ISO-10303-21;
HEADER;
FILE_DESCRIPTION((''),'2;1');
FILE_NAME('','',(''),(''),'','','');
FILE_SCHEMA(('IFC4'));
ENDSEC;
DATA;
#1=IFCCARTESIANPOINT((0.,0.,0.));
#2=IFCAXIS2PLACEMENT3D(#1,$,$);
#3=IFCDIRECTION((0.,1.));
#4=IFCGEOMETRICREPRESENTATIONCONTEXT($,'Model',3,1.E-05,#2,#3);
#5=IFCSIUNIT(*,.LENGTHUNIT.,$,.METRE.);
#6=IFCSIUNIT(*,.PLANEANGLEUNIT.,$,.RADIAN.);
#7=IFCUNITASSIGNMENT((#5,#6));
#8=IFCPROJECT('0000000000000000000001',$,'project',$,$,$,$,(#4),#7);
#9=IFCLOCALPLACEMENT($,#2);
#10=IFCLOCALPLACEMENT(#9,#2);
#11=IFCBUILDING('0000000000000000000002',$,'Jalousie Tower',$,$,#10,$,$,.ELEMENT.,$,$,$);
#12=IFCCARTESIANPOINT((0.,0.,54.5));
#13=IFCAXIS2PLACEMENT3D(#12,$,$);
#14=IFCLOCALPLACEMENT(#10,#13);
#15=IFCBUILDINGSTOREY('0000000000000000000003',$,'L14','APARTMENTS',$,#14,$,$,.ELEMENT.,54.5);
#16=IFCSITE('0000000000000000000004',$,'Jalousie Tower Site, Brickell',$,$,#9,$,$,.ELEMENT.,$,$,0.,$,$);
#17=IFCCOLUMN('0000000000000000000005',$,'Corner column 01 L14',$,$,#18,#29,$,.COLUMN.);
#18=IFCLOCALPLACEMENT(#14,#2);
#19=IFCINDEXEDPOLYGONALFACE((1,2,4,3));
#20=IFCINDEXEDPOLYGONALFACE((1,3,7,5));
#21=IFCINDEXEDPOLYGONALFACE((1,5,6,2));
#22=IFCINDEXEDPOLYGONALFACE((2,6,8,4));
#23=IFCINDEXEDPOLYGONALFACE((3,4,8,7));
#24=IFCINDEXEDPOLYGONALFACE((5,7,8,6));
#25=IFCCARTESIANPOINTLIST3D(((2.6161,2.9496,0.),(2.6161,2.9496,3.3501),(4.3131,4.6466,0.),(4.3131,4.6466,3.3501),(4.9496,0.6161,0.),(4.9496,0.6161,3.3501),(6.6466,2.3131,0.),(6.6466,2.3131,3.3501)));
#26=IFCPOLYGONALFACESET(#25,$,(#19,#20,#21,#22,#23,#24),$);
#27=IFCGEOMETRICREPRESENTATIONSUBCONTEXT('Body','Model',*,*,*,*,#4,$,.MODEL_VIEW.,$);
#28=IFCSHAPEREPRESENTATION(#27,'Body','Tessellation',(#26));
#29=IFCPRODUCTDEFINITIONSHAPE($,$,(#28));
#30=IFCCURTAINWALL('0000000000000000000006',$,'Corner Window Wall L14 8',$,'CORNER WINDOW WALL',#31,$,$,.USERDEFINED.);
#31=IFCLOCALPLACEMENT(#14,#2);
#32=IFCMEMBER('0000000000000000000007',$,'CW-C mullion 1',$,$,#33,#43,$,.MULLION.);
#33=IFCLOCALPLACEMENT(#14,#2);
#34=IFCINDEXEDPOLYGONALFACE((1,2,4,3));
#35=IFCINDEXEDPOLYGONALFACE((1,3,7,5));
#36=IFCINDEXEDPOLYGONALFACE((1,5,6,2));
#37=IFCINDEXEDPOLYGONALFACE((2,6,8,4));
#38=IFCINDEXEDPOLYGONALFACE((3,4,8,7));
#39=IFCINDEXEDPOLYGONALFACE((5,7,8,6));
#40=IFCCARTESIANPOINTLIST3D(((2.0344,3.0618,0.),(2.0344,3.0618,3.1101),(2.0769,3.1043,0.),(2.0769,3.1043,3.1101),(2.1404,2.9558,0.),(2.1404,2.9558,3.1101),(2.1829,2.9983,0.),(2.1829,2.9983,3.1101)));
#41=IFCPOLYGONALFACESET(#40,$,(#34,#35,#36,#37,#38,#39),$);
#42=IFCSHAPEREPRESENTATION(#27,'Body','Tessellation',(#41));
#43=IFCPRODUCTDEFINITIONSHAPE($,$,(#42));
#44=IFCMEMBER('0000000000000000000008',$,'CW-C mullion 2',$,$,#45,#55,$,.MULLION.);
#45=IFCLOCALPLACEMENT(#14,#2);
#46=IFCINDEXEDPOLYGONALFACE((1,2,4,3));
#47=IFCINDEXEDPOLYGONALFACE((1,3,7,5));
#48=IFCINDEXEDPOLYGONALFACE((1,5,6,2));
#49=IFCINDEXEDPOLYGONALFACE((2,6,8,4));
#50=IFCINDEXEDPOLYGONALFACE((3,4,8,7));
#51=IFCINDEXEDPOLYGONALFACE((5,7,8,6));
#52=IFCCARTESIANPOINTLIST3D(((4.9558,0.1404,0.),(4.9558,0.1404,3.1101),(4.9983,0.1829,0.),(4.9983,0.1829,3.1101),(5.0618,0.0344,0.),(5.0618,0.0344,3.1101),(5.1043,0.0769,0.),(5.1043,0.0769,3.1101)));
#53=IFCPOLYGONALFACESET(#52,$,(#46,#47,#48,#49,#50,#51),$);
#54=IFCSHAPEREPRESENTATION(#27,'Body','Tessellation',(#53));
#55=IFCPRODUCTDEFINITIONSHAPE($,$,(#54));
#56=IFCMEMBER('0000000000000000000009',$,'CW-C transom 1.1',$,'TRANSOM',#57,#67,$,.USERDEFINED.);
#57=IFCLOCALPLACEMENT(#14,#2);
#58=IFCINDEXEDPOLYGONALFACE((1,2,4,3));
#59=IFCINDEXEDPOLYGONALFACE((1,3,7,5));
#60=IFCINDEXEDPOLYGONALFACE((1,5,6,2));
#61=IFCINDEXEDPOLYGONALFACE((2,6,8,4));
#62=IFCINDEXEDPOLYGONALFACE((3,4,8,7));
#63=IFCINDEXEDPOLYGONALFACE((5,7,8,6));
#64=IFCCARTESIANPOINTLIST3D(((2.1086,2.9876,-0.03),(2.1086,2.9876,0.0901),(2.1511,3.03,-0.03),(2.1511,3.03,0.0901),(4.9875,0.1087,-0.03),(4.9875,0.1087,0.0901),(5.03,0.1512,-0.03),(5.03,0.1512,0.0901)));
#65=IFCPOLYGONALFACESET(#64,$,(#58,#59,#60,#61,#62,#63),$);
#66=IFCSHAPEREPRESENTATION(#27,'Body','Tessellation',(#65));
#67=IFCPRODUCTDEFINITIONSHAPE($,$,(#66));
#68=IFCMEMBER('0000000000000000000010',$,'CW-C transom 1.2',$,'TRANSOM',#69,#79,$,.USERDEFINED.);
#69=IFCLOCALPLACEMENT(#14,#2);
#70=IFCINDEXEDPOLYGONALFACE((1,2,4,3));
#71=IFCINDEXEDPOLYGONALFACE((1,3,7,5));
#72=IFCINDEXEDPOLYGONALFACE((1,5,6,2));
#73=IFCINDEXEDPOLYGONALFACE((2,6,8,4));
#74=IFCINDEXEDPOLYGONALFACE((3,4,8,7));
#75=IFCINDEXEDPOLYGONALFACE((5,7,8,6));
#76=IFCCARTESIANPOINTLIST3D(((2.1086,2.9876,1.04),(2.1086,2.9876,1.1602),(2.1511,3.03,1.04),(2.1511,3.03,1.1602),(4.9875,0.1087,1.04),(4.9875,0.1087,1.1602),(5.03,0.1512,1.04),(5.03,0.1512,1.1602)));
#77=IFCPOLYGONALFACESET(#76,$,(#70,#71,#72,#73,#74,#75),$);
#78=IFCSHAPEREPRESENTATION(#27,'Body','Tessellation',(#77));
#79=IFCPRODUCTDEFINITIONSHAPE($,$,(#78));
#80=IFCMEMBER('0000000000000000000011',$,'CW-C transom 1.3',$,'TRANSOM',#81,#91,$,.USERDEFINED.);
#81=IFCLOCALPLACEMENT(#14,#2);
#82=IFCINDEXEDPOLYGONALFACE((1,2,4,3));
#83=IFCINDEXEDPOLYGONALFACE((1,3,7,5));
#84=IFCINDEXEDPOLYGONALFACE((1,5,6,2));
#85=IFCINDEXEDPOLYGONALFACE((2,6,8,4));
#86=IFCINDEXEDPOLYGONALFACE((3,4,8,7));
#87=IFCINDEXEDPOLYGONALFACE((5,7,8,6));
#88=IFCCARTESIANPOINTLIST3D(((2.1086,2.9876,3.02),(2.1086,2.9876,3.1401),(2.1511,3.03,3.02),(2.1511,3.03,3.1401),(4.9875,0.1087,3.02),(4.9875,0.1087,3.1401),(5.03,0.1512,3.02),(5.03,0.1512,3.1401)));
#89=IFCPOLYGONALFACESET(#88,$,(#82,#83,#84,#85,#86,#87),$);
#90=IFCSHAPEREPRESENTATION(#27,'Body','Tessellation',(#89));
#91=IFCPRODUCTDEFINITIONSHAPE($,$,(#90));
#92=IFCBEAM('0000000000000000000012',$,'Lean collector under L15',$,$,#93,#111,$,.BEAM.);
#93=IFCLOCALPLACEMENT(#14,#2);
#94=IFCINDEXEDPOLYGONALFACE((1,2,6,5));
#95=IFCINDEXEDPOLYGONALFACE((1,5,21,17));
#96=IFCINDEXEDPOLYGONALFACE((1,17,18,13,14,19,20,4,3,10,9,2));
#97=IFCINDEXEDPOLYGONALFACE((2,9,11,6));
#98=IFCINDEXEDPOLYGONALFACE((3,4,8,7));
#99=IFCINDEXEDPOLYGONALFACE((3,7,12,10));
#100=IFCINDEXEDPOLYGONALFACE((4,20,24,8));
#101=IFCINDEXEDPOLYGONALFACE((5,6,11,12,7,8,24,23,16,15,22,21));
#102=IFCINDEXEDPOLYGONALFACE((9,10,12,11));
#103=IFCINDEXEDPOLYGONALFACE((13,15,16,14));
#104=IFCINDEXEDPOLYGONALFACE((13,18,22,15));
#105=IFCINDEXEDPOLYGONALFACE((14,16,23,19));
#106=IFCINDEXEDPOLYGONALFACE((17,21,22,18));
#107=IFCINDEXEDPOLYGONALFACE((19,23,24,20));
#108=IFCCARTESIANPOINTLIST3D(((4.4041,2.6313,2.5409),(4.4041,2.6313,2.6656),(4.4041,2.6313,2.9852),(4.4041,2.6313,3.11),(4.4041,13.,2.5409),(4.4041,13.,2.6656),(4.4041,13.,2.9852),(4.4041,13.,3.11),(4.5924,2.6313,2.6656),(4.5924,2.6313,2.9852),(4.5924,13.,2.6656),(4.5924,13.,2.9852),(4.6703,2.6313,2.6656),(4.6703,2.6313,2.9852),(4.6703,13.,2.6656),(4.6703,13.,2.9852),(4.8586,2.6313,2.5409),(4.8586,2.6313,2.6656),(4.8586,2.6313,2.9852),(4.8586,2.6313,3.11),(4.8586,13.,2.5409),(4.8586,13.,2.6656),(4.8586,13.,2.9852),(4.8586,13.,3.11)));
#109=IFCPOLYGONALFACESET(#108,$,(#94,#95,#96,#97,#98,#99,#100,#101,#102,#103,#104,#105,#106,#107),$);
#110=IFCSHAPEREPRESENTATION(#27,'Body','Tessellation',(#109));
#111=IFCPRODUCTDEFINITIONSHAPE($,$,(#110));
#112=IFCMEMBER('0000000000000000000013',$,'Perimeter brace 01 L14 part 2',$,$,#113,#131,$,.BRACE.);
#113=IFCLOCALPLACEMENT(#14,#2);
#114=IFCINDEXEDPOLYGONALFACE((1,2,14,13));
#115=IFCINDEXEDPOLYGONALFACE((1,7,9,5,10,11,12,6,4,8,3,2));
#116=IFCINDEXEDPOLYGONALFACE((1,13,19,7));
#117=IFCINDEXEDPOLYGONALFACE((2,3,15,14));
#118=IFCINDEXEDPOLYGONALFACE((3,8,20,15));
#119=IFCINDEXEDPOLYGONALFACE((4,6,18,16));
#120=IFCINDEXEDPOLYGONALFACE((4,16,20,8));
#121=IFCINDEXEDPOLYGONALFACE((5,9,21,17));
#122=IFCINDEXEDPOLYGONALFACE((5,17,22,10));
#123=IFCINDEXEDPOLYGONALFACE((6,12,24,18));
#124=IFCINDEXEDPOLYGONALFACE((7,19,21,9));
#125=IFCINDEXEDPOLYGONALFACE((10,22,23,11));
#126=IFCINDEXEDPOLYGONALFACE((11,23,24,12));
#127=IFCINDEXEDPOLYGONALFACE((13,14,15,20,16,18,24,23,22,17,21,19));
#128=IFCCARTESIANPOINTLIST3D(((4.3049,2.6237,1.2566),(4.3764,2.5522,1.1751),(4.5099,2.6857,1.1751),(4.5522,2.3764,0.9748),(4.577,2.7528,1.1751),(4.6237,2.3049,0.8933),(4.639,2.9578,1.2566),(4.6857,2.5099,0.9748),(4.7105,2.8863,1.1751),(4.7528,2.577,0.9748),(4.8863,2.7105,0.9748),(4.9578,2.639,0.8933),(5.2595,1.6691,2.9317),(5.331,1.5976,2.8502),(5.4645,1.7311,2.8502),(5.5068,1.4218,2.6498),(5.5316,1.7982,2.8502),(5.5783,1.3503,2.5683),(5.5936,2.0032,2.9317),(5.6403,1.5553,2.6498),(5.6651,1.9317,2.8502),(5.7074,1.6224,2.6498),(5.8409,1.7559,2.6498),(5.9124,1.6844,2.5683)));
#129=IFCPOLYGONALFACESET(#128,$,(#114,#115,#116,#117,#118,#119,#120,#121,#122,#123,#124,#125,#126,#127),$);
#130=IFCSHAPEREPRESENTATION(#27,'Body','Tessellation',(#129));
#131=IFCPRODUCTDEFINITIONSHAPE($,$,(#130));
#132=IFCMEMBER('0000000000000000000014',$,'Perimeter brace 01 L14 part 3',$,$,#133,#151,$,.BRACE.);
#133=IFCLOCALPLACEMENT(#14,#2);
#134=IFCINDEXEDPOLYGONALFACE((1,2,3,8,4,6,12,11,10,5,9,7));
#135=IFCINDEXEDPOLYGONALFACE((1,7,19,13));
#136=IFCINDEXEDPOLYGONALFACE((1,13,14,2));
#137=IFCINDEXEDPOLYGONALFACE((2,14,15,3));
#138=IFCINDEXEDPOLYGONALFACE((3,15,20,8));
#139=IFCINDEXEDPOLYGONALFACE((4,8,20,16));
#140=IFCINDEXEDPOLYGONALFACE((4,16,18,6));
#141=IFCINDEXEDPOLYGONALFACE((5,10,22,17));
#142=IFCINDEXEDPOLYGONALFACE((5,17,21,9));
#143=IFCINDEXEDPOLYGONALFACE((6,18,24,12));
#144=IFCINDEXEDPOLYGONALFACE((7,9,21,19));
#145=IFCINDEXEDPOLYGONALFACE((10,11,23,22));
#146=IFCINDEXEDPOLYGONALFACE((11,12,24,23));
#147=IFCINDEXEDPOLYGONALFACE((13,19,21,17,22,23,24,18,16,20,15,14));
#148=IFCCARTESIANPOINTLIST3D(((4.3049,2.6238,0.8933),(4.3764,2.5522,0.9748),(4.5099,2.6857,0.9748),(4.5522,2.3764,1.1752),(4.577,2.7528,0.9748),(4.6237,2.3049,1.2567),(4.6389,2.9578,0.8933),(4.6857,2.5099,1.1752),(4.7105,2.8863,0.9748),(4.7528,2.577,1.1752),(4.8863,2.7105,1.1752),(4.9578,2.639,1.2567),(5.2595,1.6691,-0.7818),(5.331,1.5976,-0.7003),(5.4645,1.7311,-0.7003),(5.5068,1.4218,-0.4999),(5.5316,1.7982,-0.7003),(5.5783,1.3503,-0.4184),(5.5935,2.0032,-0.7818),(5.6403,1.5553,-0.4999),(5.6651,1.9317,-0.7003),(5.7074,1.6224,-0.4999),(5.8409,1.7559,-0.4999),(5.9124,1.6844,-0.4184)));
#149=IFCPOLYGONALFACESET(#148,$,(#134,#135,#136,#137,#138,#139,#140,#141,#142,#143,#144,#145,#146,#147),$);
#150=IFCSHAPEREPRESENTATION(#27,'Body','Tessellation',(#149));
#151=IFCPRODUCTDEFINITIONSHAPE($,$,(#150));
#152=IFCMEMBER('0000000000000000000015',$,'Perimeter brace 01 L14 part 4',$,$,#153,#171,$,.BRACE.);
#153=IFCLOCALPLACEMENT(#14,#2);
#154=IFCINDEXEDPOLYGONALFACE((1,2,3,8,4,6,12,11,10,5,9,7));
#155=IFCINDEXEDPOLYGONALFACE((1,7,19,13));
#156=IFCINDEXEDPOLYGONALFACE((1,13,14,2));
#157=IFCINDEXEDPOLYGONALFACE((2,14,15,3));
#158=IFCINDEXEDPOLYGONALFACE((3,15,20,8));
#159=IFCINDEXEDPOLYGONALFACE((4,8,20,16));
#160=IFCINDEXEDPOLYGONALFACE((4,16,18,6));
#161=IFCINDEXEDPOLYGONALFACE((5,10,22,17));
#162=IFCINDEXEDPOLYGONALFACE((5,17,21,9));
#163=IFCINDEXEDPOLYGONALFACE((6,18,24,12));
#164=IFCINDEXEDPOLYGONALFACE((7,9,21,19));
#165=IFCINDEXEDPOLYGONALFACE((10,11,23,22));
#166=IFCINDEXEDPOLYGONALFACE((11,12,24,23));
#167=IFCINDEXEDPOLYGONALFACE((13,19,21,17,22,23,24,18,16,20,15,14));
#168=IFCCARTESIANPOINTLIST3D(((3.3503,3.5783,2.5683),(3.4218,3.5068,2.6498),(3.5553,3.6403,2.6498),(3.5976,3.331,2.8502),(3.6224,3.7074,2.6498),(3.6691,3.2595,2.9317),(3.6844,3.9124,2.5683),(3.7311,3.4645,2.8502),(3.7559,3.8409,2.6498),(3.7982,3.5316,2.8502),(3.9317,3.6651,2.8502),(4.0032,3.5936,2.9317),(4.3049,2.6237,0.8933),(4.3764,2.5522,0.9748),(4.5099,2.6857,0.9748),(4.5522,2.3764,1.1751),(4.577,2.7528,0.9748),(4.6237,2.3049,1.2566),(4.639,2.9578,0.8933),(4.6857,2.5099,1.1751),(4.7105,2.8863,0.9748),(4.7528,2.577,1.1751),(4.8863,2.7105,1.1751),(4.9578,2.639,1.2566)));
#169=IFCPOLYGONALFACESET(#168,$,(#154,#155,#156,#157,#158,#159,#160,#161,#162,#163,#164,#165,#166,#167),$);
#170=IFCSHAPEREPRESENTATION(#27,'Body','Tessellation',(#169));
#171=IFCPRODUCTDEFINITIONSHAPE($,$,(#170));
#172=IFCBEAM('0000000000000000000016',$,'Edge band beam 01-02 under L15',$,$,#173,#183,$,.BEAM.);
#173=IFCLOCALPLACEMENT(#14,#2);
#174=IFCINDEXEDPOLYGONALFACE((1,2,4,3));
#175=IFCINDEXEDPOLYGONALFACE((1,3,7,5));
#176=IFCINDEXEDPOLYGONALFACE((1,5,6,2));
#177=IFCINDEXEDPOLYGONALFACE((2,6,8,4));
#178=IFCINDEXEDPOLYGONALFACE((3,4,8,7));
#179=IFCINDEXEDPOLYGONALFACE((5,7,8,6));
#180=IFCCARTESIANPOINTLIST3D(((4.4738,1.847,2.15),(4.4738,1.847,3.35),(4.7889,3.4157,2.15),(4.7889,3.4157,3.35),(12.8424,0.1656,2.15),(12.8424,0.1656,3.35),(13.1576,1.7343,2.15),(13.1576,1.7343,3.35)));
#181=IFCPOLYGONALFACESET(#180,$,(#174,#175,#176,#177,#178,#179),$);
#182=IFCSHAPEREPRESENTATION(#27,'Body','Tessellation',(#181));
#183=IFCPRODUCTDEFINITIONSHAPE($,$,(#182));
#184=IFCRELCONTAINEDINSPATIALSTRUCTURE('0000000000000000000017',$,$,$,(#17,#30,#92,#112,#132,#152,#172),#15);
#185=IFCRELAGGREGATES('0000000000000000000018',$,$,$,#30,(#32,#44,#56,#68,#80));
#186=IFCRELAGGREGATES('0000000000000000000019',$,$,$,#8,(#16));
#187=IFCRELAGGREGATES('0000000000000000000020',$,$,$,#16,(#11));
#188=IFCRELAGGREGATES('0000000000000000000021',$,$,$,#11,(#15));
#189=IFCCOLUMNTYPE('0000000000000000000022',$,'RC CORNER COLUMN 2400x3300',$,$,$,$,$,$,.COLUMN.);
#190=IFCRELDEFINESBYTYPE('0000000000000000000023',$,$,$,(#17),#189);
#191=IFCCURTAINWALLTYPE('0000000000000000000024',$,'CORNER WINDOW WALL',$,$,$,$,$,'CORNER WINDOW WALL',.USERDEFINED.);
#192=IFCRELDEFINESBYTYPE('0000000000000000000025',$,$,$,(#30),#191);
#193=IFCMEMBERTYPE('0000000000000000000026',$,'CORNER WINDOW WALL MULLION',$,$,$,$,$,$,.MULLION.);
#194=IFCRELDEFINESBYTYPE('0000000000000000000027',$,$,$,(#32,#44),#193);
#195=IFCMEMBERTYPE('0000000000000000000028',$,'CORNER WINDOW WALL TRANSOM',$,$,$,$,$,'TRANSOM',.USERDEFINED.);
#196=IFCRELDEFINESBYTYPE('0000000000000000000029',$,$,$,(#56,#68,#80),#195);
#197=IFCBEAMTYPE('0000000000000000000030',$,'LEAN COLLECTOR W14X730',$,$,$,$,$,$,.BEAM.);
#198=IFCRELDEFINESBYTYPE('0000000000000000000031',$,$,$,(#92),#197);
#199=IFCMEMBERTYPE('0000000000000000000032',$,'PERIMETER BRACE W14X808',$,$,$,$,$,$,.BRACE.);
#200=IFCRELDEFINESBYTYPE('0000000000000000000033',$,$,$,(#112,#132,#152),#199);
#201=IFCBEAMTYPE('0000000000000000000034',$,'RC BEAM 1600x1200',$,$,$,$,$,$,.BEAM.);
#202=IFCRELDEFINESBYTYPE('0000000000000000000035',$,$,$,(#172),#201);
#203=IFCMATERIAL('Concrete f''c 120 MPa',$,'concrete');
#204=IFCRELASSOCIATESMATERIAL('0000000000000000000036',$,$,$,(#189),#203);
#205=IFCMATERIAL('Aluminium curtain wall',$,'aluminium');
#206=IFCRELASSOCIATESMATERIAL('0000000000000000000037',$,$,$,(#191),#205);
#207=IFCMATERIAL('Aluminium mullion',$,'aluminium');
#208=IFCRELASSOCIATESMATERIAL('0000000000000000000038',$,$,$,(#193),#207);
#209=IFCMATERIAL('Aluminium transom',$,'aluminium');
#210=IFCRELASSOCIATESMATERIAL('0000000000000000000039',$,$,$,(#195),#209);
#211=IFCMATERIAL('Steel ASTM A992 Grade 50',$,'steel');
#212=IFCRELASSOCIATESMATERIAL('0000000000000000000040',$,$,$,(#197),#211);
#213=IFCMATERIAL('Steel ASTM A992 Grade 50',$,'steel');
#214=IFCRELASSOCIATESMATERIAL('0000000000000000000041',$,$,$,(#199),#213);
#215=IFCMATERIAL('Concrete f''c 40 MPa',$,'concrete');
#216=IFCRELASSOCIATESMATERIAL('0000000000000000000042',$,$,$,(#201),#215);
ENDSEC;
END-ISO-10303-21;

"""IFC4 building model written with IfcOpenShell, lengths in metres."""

from ifc_helpers import new_model, si_unit, direction, frame, origin, origin_2d, place, context, subcontext, project, spatial, rectangle, i_section, extrude, material, material_profile, profile_set, type_object, element, aggregate, save


model = new_model("IFC4")

# Units and contexts
model_context = context("Model", 3, precision=1e-05, world=origin(), true_north=direction((0.0, 1.0)))
body_context = subcontext(model_context, "Body", "Model", "MODEL_VIEW")
ifc_project = project(units=[si_unit("LENGTHUNIT", "METRE"), si_unit("PLANEANGLEUNIT", "RADIAN")], contexts=[model_context])

# Site, building, storey
site_placement = place(None, origin())
site = spatial("IfcSite", under=ifc_project, at=site_placement, Name="Jalousie Tower Site, Brickell", CompositionType="ELEMENT", RefElevation=0.0)
building_placement = place(site_placement, origin())
building = spatial("IfcBuilding", under=site, at=building_placement, Name="Jalousie Tower", CompositionType="ELEMENT")
storey_placement = place(building_placement, frame((0.0, 0.0, 54.5)))
storey = spatial("IfcBuildingStorey", under=building, at=storey_placement, Name="L14", Description="APARTMENTS", CompositionType="ELEMENT", Elevation=54.5)

# Column
ifc_material_1 = material(Name="Concrete f'c 120 MPa", Category="concrete")
ifc_material_profile_1 = material_profile(ifc_material_1, rectangle(XDim=2.3999, YDim=3.3, at=origin_2d()), Name="RC 2400x3300")
ifc_profile_set_1 = profile_set([ifc_material_profile_1], Name="Concrete f'c 120 MPa")
column_type = type_object("IfcColumnType", Name="RC CORNER COLUMN 2400x3300", PredefinedType="COLUMN", material=ifc_profile_set_1)
column_placement = place(storey_placement, frame((4.6313, 2.6313, 0.0), z_axis=(0.0, 0.0, 1.0), x_axis=(0.707107, 0.707107, 0.0)))
element("IfcColumn", 1, at=column_placement, inside=storey, type_object=column_type, Name="Corner column 01 L14", PredefinedType="COLUMN", context=body_context, shape_type="SweptSolid", body=[
    extrude(rectangle(XDim=2.3999, YDim=3.3, at=origin_2d()), origin(), (0.0, 0.0, 1.0), 3.3501),
])

# Curtain wall, members
ifc_material_2 = material(Name="Aluminium curtain wall", Category="aluminium")
curtain_wall_type_1 = type_object("IfcCurtainWallType", Name="CORNER WINDOW WALL", ElementType="CORNER WINDOW WALL", PredefinedType="USERDEFINED", material=ifc_material_2)
curtain_wall_1_placement = place(storey_placement, origin())
curtain_wall_1 = element("IfcCurtainWall", 2, at=curtain_wall_1_placement, inside=storey, type_object=curtain_wall_type_1, Name="Corner Window Wall L14 8", ObjectType="CORNER WINDOW WALL", PredefinedType="USERDEFINED")
ifc_material_3 = material(Name="Aluminium mullion", Category="aluminium")
ifc_material_profile_2 = material_profile(ifc_material_3, rectangle(XDim=0.0601, YDim=0.1499, at=origin_2d()), Name="MULLION 60x150")
ifc_profile_set_2 = profile_set([ifc_material_profile_2], Name="Aluminium mullion")
member_type_1 = type_object("IfcMemberType", Name="CORNER WINDOW WALL MULLION", PredefinedType="MULLION", material=ifc_profile_set_2)
member_1_placement = place(storey_placement, frame((2.1086, 3.03, 0.0), z_axis=(0.0, 0.0, 1.0), x_axis=(0.707107, 0.707107, 0.0)))
member_1 = element("IfcMember", 3, at=member_1_placement, type_object=member_type_1, Name="CW-C mullion 1", PredefinedType="MULLION", context=body_context, shape_type="SweptSolid", body=[
    extrude(rectangle(XDim=0.0601, YDim=0.1499, at=origin_2d()), origin(), (0.0, 0.0, 1.0), 3.1101),
])
member_2_placement = place(storey_placement, frame((5.03, 0.1086, 0.0), z_axis=(0.0, 0.0, 1.0), x_axis=(0.707107, 0.707107, 0.0)))
member_2 = element("IfcMember", 4, at=member_2_placement, type_object=member_type_1, Name="CW-C mullion 2", PredefinedType="MULLION", context=body_context, shape_type="SweptSolid", body=[
    extrude(rectangle(XDim=0.0601, YDim=0.1499, at=origin_2d()), origin(), (0.0, 0.0, 1.0), 3.1101),
])
ifc_material_4 = material(Name="Aluminium transom", Category="aluminium")
ifc_material_profile_3 = material_profile(ifc_material_4, rectangle(XDim=0.0601, YDim=0.1201, at=origin_2d()), Name="TRANSOM 60x120")
ifc_profile_set_3 = profile_set([ifc_material_profile_3], Name="Aluminium transom")
member_type_2 = type_object("IfcMemberType", Name="CORNER WINDOW WALL TRANSOM", ElementType="TRANSOM", PredefinedType="USERDEFINED", material=ifc_profile_set_3)
member_3_placement = place(storey_placement, frame((2.1299, 3.0088, 0.03), z_axis=(0.707107, -0.707107, 0.0), x_axis=(0.707107, 0.707107, 0.0)))
member_3 = element("IfcMember", 5, at=member_3_placement, type_object=member_type_2, Name="CW-C transom 1.1", ObjectType="TRANSOM", PredefinedType="USERDEFINED", context=body_context, shape_type="SweptSolid", body=[
    extrude(rectangle(XDim=0.0601, YDim=0.1201, at=origin_2d()), origin(), (0.0, 0.0, 1.0), 4.0713),
])
member_4_placement = place(storey_placement, frame((2.1299, 3.0088, 1.1001), z_axis=(0.707107, -0.707107, 0.0), x_axis=(0.707107, 0.707107, 0.0)))
member_4 = element("IfcMember", 6, at=member_4_placement, type_object=member_type_2, Name="CW-C transom 1.2", ObjectType="TRANSOM", PredefinedType="USERDEFINED", context=body_context, shape_type="SweptSolid", body=[
    extrude(rectangle(XDim=0.0601, YDim=0.1201, at=origin_2d()), origin(), (0.0, 0.0, 1.0), 4.0713),
])
member_5_placement = place(storey_placement, frame((2.1299, 3.0088, 3.0801), z_axis=(0.707107, -0.707107, 0.0), x_axis=(0.707107, 0.707107, 0.0)))
member_5 = element("IfcMember", 7, at=member_5_placement, type_object=member_type_2, Name="CW-C transom 1.3", ObjectType="TRANSOM", PredefinedType="USERDEFINED", context=body_context, shape_type="SweptSolid", body=[
    extrude(rectangle(XDim=0.0601, YDim=0.1201, at=origin_2d()), origin(), (0.0, 0.0, 1.0), 4.0713),
])

# Beam
ifc_material_5 = material(Name="Steel ASTM A992 Grade 50", Category="steel")
ifc_material_profile_4 = material_profile(ifc_material_5, i_section(OverallWidth=0.4546, OverallDepth=0.5691, WebThickness=0.0779, FlangeThickness=0.1248, at=origin_2d()), Name="W14X730")
ifc_profile_set_4 = profile_set([ifc_material_profile_4], Name="Steel ASTM A992 Grade 50")
beam_type_1 = type_object("IfcBeamType", Name="LEAN COLLECTOR W14X730", PredefinedType="BEAM", material=ifc_profile_set_4)
beam_1_placement = place(storey_placement, frame((4.6313, 2.6313, 2.8254), z_axis=(0.0, 1.0, 0.0), x_axis=(-1.0, 0.0, 0.0)))
element("IfcBeam", 8, at=beam_1_placement, inside=storey, type_object=beam_type_1, Name="Lean collector under L15", PredefinedType="BEAM", context=body_context, shape_type="SweptSolid", body=[
    extrude(i_section(OverallWidth=0.4546, OverallDepth=0.5691, WebThickness=0.0779, FlangeThickness=0.1248, at=origin_2d()), origin(), (0.0, 0.0, 1.0), 10.3687),
])

# Members
ifc_material_6 = material(Name="Steel ASTM A992 Grade 50", Category="steel")
ifc_material_profile_5 = material_profile(ifc_material_6, i_section(OverallWidth=0.4724, OverallDepth=0.5791, WebThickness=0.095, FlangeThickness=0.1299, at=origin_2d()), Name="W14X808")
ifc_profile_set_5 = profile_set([ifc_material_profile_5], Name="Steel ASTM A992 Grade 50")
member_type_3 = type_object("IfcMemberType", Name="PERIMETER BRACE W14X808", PredefinedType="BRACE", material=ifc_profile_set_5)
for number, where, z_axis, x_axis, name in (
    (9, (4.6313, 2.6313, 1.075), (0.443718, -0.443718, 0.778607), (0.707107, 0.707107, 0.0), "Perimeter brace 01 L14 part 2"),
    (10, (5.5859, 1.6768, -0.6001), (-0.443718, 0.443718, 0.778607), (-0.707107, -0.707107, 0.0), "Perimeter brace 01 L14 part 3"),
    (11, (4.6313, 2.6313, 1.075), (-0.443718, 0.443718, 0.778607), (-0.707107, -0.707107, 0.0), "Perimeter brace 01 L14 part 4"),
):
    element("IfcMember", number, at=place(storey_placement, frame(where, z_axis=z_axis, x_axis=x_axis)), inside=storey, type_object=member_type_3, Name=name, PredefinedType="BRACE", context=body_context, shape_type="SweptSolid", body=[
        extrude(i_section(OverallWidth=0.4724, OverallDepth=0.5791, WebThickness=0.095, FlangeThickness=0.1299, at=origin_2d()), origin(), (0.0, 0.0, 1.0), 2.1514),
    ])

# Beam
ifc_material_7 = material(Name="Concrete f'c 40 MPa", Category="concrete")
ifc_material_profile_6 = material_profile(ifc_material_7, rectangle(XDim=1.6001, YDim=1.2, at=origin_2d()), Name="RC 1600x1200")
ifc_profile_set_6 = profile_set([ifc_material_profile_6], Name="Concrete f'c 40 MPa")
beam_type_2 = type_object("IfcBeamType", Name="RC BEAM 1600x1200", PredefinedType="BEAM", material=ifc_profile_set_6)
beam_2_placement = place(storey_placement, frame((4.6313, 2.6313, 2.75), z_axis=(0.980408, -0.19698, 0.0), x_axis=(0.19698, 0.980408, 0.0)))
element("IfcBeam", 12, at=beam_2_placement, inside=storey, type_object=beam_type_2, Name="Edge band beam 01-02 under L15", PredefinedType="BEAM", context=body_context, shape_type="SweptSolid", body=[
    extrude(rectangle(XDim=1.6001, YDim=1.2, at=origin_2d()), origin(), (0.0, 0.0, 1.0), 8.5359),
])

aggregate(curtain_wall_1, [member_1, member_2, member_3, member_4, member_5])

save(model, "model.ifc")
